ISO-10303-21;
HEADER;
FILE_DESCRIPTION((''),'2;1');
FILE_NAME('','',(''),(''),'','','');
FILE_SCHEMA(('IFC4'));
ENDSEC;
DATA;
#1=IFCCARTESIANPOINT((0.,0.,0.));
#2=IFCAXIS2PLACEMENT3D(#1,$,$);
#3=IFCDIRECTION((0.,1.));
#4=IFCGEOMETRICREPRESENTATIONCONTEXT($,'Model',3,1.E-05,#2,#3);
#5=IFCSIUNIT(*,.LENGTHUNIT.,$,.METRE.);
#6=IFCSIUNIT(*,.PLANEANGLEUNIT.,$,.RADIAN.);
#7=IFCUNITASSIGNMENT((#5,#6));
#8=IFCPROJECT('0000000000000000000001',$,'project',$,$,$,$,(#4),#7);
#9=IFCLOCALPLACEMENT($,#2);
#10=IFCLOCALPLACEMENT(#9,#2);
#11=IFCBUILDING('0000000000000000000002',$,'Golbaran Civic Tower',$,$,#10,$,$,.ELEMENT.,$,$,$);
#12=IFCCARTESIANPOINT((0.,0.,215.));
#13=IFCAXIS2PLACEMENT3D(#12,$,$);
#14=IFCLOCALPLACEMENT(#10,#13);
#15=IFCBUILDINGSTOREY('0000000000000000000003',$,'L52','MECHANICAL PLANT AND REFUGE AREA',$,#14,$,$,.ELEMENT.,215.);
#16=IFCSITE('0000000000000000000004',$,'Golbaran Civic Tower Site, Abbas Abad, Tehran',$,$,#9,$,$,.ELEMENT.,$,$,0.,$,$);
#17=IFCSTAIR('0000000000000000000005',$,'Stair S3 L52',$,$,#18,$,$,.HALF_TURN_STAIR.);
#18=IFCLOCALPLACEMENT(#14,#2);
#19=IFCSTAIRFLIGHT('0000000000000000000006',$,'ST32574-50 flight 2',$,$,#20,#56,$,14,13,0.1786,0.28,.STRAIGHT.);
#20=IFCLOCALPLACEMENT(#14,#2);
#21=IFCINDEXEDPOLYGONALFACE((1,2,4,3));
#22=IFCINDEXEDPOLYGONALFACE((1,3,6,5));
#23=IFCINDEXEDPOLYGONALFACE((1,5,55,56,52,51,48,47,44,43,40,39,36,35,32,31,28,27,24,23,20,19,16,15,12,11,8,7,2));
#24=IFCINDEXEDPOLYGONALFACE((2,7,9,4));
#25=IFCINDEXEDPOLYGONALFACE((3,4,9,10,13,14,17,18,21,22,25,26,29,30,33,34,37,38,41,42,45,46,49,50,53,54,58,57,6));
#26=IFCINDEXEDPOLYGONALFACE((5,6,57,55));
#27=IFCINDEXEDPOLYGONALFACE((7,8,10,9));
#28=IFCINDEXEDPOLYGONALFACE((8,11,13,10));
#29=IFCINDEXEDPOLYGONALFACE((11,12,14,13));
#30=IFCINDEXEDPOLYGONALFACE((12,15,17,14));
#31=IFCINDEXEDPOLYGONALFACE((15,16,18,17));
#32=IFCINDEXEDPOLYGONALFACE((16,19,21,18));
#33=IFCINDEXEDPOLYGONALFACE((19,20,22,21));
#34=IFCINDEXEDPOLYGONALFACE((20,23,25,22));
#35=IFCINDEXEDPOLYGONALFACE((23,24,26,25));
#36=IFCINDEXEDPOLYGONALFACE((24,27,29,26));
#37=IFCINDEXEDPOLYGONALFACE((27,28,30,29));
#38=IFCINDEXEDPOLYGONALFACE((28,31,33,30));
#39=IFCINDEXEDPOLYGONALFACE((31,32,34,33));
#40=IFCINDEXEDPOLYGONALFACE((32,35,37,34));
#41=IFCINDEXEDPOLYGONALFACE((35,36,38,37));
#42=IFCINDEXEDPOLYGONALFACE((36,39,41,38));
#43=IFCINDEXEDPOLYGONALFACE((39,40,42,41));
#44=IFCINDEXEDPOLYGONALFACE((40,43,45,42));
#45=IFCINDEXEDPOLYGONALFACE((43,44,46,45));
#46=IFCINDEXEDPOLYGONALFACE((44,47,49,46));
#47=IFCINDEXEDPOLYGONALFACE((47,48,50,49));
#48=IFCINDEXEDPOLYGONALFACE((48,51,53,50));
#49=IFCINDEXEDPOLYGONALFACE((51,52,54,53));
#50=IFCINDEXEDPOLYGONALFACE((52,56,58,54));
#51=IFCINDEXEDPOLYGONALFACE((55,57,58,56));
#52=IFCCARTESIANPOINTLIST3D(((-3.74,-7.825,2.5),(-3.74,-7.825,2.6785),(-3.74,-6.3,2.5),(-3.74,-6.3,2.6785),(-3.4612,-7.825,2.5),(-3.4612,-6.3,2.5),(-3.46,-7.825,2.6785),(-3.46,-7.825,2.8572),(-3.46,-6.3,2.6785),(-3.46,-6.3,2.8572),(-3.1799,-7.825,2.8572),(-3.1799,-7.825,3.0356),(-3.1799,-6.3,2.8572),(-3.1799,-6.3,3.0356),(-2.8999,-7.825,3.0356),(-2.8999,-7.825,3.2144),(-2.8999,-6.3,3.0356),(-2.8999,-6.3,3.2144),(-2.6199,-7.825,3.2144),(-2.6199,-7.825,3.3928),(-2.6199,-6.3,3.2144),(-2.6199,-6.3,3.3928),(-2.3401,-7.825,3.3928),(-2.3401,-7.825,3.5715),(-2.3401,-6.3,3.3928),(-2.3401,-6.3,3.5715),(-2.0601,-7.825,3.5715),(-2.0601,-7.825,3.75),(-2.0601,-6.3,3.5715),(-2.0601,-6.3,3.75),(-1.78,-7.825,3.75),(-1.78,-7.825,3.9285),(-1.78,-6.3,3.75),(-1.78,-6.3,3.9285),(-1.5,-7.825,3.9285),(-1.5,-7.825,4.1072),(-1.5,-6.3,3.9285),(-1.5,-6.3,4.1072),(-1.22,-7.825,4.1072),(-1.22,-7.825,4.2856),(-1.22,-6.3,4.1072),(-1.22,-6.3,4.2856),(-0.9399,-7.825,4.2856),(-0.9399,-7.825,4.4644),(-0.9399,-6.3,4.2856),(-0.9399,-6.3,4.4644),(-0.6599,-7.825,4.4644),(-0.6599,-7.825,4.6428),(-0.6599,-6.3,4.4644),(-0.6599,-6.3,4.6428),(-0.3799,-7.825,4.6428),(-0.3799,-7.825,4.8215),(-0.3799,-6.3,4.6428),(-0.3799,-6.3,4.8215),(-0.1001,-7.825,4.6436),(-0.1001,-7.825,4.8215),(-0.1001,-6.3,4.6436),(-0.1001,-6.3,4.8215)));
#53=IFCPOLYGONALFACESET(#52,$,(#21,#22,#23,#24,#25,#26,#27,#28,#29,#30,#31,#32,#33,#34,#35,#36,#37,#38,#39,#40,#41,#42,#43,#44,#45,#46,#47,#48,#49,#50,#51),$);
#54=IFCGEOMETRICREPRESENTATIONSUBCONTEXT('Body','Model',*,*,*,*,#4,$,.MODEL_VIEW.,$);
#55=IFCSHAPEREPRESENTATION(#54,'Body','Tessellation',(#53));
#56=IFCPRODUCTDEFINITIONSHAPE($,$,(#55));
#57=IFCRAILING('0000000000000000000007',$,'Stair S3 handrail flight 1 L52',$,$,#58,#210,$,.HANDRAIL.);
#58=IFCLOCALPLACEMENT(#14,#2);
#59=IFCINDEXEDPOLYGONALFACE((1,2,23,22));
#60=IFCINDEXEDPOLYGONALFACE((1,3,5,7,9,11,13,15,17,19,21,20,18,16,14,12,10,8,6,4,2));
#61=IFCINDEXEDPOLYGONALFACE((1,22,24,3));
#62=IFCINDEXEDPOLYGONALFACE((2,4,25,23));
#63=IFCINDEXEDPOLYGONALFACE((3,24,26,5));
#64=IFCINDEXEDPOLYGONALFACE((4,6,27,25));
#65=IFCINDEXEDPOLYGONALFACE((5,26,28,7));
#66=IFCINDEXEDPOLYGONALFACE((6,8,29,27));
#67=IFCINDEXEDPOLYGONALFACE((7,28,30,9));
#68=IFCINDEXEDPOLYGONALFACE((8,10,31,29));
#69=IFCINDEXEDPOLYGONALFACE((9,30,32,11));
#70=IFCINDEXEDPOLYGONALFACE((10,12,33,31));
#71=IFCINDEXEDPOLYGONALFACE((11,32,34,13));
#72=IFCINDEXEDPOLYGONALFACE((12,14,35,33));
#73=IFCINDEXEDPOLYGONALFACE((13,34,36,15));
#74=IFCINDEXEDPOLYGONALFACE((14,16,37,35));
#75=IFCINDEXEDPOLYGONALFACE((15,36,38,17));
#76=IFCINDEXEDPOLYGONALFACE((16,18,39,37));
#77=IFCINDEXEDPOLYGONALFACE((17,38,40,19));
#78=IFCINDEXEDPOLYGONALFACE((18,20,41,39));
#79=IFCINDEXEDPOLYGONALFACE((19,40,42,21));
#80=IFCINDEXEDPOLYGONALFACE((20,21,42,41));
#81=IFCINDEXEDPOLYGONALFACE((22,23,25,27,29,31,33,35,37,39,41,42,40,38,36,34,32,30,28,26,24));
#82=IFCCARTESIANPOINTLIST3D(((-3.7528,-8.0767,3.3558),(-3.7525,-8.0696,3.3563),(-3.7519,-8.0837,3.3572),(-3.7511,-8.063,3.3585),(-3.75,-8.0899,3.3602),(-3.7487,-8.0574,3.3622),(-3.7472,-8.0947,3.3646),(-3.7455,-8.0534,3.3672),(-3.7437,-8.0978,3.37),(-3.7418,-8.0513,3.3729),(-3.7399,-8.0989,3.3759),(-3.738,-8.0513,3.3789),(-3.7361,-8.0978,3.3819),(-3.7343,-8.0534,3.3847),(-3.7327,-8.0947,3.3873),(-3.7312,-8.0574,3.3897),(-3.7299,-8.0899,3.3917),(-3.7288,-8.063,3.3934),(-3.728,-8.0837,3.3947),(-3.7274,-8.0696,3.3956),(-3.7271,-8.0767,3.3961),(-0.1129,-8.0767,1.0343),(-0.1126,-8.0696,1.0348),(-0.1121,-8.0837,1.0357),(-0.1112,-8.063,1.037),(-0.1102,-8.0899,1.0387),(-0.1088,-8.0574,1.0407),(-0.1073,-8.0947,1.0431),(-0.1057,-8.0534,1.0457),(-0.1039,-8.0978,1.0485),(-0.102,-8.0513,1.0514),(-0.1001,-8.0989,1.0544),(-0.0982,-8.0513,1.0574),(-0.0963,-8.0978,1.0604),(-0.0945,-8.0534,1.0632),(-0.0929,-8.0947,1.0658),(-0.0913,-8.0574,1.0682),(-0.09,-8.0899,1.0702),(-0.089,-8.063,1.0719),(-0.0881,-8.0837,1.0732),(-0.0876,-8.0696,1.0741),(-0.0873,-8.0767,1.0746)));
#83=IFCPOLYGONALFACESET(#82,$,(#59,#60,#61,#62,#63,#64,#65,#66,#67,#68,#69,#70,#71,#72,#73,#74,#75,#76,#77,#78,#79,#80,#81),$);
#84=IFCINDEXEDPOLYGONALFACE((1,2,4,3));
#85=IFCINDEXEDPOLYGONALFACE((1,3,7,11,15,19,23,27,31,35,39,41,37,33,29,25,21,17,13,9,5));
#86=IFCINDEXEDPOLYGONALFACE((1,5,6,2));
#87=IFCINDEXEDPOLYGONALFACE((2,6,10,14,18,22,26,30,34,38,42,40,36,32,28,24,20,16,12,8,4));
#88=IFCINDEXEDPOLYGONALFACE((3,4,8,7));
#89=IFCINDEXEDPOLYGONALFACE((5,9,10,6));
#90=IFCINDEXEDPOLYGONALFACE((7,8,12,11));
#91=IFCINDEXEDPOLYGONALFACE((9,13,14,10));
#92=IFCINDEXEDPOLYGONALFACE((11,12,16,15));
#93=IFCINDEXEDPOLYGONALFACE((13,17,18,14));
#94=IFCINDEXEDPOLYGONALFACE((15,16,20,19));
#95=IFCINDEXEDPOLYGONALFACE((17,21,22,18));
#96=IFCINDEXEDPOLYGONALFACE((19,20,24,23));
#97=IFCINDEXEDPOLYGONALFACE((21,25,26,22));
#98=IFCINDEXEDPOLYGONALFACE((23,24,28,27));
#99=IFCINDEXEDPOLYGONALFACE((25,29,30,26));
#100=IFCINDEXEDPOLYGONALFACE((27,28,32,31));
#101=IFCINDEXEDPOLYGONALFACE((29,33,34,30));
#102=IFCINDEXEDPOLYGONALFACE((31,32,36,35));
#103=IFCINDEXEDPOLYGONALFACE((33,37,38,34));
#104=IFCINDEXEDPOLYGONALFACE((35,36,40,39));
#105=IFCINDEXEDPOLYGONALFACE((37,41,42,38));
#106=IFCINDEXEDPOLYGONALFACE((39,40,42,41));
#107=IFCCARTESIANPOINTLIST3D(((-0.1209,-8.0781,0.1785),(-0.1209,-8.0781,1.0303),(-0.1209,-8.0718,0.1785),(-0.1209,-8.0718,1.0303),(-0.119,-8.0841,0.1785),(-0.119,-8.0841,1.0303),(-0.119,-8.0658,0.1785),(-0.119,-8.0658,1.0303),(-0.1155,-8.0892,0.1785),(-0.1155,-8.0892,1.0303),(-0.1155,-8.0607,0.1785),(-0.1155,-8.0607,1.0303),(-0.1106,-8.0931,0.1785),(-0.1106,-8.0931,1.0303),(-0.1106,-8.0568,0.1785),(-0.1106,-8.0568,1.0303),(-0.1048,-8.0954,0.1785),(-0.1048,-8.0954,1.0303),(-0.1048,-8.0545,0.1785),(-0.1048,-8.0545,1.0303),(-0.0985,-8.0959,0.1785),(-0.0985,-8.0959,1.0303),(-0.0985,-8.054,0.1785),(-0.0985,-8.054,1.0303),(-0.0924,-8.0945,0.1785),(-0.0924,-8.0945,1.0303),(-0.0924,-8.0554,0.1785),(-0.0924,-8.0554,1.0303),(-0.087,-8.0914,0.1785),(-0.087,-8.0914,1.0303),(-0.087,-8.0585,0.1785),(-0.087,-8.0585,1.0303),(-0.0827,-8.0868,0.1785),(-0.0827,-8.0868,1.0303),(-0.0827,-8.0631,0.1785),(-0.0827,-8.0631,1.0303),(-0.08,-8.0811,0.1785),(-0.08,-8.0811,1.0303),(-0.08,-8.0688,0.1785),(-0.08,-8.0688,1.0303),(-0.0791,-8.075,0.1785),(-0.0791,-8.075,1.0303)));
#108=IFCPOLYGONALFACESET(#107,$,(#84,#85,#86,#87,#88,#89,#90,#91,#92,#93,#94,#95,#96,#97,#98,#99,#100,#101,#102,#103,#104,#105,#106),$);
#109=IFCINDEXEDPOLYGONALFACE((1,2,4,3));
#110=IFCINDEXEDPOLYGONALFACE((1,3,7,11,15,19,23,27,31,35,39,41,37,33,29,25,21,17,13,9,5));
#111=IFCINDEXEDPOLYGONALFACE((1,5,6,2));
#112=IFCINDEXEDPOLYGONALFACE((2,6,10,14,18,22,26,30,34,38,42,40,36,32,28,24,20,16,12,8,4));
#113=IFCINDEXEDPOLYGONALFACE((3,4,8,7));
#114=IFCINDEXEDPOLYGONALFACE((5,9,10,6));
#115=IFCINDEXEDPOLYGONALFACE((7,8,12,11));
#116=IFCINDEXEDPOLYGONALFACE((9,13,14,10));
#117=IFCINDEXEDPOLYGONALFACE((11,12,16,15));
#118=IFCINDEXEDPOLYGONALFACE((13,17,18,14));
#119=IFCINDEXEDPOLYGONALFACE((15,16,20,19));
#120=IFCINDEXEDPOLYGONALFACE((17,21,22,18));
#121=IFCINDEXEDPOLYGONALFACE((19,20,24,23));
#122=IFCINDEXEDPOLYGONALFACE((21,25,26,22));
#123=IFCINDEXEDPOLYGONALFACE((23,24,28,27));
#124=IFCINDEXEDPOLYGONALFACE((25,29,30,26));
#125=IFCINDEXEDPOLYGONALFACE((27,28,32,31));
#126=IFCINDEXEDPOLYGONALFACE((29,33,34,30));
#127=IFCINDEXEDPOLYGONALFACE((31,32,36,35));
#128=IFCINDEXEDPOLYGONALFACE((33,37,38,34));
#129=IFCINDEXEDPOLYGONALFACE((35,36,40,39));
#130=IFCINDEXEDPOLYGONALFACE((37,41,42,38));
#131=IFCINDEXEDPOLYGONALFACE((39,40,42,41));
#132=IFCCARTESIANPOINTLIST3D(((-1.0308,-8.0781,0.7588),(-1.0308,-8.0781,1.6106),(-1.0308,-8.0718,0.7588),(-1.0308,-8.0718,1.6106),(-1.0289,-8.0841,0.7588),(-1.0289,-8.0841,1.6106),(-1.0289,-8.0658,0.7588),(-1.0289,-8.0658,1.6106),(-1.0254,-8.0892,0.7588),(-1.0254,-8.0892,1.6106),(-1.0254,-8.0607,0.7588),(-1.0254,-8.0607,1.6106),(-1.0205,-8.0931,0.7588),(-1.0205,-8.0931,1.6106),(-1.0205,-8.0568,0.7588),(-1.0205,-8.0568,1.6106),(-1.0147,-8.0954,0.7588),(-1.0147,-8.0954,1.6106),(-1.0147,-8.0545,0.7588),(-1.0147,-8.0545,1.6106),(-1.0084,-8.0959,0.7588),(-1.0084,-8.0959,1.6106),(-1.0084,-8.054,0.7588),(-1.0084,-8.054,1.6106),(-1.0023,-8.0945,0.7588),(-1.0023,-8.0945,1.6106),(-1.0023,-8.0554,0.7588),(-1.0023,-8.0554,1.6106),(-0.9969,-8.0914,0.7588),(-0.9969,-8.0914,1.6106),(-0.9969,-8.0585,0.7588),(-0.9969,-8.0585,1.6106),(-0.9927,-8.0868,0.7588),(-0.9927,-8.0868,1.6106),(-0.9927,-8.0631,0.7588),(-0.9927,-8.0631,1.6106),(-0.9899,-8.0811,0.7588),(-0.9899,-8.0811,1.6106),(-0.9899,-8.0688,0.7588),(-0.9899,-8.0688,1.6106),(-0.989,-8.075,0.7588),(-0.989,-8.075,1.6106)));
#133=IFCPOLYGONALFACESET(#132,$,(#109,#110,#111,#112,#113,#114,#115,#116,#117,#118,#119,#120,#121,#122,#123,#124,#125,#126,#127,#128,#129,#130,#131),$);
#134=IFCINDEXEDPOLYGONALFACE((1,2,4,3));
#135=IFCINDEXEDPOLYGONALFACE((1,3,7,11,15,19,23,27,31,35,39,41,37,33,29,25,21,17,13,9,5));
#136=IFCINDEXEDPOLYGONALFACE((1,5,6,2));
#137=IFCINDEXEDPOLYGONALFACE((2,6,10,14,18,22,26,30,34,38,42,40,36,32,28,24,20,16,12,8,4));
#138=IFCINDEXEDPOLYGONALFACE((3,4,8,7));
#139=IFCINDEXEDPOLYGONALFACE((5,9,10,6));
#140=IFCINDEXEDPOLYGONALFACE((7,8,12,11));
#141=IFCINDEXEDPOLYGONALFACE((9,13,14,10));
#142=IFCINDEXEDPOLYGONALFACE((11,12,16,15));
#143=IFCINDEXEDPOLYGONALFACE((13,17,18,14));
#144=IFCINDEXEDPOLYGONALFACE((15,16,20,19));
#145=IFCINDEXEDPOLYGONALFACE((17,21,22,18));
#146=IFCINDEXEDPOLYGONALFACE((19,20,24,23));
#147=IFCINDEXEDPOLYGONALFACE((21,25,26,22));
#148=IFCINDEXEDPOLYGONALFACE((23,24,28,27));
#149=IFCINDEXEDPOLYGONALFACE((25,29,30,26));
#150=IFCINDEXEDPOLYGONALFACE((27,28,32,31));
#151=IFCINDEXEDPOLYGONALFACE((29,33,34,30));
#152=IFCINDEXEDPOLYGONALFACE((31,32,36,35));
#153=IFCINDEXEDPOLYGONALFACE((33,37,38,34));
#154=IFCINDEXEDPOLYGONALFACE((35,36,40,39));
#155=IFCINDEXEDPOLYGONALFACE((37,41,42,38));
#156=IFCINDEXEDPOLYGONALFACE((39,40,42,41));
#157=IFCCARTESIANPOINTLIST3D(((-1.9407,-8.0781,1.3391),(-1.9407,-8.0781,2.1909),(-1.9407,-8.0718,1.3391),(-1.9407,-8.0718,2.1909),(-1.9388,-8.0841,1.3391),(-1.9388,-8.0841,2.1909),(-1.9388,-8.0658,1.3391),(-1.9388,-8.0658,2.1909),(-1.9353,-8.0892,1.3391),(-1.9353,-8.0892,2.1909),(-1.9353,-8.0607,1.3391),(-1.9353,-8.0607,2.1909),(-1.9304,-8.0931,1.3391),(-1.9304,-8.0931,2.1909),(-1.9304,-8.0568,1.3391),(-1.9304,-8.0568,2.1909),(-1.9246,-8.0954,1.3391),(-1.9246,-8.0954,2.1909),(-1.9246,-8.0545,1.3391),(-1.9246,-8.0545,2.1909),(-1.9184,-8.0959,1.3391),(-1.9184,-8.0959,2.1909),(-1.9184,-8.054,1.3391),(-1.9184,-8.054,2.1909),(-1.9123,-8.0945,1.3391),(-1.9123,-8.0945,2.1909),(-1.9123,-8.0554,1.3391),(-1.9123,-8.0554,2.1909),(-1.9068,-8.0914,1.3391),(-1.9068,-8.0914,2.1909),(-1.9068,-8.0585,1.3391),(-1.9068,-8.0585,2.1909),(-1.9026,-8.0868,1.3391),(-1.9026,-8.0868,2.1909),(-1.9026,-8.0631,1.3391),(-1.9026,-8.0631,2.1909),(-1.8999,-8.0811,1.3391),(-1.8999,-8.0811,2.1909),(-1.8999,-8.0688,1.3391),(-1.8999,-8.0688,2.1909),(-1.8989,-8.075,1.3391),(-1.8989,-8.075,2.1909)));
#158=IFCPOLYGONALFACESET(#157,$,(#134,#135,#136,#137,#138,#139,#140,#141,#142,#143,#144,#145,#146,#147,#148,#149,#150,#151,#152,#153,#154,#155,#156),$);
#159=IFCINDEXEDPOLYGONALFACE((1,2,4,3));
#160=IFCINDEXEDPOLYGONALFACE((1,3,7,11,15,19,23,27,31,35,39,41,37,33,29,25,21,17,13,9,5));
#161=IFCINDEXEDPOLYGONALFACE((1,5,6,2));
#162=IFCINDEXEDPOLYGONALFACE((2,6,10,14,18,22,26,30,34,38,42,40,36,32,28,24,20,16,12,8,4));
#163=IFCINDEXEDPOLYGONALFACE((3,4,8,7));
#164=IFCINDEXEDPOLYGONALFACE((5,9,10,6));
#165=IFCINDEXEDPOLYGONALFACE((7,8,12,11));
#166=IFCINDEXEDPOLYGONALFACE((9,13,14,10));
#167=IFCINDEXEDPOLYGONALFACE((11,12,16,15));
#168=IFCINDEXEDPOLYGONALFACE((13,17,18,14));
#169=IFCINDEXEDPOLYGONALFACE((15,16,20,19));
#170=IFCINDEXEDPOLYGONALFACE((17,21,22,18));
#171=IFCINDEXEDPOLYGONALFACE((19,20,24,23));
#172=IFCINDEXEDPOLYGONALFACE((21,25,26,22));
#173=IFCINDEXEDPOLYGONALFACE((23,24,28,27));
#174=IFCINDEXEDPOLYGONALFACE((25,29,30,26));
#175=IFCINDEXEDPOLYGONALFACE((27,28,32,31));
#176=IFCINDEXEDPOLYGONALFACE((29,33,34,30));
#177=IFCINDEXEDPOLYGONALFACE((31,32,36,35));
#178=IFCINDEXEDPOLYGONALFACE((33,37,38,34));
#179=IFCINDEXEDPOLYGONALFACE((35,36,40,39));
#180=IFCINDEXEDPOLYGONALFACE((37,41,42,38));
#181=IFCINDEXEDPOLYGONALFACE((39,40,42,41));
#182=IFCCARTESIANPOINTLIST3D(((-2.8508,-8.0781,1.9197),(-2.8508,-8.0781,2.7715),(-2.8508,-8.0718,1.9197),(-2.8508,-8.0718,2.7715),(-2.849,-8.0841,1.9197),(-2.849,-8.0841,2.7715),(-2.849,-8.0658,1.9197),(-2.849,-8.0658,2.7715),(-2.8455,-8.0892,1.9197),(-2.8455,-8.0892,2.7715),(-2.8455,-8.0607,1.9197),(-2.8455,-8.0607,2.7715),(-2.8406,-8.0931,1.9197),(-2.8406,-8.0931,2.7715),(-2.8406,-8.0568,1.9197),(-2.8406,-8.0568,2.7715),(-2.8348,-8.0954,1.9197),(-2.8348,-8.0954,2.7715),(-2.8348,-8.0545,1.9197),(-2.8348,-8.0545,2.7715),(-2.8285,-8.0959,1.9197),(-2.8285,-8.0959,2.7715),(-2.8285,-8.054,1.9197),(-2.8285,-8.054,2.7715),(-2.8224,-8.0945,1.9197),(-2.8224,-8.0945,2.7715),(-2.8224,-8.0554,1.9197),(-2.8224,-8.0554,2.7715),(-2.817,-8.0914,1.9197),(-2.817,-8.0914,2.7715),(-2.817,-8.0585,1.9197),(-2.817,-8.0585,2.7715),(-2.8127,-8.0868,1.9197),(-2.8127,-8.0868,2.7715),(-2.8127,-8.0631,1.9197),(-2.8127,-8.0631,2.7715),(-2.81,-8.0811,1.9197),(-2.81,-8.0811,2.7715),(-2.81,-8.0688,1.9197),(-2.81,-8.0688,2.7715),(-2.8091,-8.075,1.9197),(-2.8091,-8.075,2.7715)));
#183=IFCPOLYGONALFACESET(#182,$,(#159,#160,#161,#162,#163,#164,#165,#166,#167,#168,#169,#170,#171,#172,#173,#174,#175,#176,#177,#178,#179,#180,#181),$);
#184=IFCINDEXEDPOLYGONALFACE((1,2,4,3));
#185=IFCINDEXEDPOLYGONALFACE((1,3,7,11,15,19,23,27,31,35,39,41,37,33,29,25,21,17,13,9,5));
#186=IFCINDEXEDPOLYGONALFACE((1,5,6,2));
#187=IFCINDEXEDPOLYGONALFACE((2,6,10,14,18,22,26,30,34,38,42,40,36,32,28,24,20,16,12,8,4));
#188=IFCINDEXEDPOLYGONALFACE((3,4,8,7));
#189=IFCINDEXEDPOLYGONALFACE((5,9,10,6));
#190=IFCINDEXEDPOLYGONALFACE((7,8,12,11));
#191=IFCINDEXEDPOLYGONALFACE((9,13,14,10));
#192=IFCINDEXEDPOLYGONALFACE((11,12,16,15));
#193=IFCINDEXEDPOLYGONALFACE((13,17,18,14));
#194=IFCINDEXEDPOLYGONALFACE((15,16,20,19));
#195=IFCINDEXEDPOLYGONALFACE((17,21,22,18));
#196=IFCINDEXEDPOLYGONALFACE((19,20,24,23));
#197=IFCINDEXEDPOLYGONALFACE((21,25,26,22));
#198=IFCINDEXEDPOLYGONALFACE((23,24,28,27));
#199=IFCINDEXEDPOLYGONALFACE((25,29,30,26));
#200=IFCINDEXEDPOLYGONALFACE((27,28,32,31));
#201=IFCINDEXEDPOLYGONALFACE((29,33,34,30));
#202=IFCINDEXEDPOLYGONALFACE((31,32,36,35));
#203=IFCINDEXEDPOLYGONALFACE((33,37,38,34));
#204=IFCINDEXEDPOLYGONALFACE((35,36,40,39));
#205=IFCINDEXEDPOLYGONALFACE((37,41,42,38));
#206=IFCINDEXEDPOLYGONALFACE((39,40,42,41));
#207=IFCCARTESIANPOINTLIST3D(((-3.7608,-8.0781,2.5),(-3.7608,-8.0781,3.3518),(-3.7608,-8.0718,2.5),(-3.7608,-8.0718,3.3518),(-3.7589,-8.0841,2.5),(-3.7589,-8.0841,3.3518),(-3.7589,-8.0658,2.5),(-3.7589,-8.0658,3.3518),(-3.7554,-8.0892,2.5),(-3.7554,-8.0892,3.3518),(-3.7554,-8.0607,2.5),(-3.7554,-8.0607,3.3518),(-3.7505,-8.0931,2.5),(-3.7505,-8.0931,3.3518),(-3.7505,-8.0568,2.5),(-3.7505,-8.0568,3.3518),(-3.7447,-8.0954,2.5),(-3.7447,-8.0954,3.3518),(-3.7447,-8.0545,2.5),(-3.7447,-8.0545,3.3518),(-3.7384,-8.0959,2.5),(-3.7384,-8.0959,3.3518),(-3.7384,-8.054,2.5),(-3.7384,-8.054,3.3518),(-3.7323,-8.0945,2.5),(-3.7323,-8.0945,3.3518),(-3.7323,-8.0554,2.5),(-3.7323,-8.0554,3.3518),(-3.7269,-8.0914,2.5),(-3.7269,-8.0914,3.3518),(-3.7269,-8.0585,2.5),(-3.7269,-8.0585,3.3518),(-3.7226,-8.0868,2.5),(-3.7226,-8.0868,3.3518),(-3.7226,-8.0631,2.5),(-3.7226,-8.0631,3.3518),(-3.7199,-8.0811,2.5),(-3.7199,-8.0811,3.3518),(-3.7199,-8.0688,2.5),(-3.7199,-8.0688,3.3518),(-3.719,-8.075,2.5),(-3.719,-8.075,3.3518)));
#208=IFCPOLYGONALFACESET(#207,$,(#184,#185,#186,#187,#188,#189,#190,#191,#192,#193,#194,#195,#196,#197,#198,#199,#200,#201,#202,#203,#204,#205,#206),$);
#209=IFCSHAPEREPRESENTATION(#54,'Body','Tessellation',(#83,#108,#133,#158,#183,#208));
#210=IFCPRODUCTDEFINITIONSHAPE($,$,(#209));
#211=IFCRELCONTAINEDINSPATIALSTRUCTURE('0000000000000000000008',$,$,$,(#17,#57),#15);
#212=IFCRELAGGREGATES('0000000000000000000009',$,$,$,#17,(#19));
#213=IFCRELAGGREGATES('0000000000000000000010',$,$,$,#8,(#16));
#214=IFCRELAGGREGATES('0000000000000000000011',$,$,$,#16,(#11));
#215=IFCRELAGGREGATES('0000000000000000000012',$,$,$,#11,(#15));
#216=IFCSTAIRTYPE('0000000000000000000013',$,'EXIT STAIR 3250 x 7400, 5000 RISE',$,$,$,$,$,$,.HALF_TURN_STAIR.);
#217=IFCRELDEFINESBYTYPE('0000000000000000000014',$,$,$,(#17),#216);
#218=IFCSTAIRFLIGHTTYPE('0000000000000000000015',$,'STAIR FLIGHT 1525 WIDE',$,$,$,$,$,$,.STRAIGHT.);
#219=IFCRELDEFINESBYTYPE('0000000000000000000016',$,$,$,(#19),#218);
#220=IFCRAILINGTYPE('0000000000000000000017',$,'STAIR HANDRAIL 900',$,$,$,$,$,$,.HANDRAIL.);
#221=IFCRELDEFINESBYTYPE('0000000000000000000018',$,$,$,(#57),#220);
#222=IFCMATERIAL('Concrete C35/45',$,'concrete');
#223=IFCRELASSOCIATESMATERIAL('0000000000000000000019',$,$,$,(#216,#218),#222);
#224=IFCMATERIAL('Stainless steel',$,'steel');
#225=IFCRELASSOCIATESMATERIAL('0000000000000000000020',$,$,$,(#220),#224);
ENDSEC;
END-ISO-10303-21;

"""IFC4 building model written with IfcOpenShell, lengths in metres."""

from ifc_helpers import new_model, si_unit, direction, frame, origin, origin_2d, place, context, subcontext, project, spatial, polyline, circle, outline, extrude, material, type_object, element, aggregate, save


model = new_model("IFC4")

# Units and contexts
model_context = context("Model", 3, precision=1e-05, world=origin(), true_north=direction((0.0, 1.0)))
body_context = subcontext(model_context, "Body", "Model", "MODEL_VIEW")
ifc_project = project(units=[si_unit("LENGTHUNIT", "METRE"), si_unit("PLANEANGLEUNIT", "RADIAN")], contexts=[model_context])

# Site, building, storey
site_placement = place(None, origin())
site = spatial("IfcSite", under=ifc_project, at=site_placement, Name="Golbaran Civic Tower Site, Abbas Abad, Tehran", CompositionType="ELEMENT", RefElevation=0.0)
building_placement = place(site_placement, origin())
building = spatial("IfcBuilding", under=site, at=building_placement, Name="Golbaran Civic Tower", CompositionType="ELEMENT")
storey_placement = place(building_placement, frame((0.0, 0.0, 215.0)))
storey = spatial("IfcBuildingStorey", under=building, at=storey_placement, Name="L52", Description="MECHANICAL PLANT AND REFUGE AREA", CompositionType="ELEMENT", Elevation=215.0)

# Shared definitions
ifc_material_1 = material(Name="Stainless steel", Category="steel")

# Stair, stair flight
ifc_material_2 = material(Name="Concrete C35/45", Category="concrete")
stair_type = type_object("IfcStairType", Name="EXIT STAIR 3250 x 7400, 5000 RISE", PredefinedType="HALF_TURN_STAIR", material=ifc_material_2)
stair_placement = place(storey_placement, origin())
stair = element("IfcStair", 1, at=stair_placement, inside=storey, type_object=stair_type, Name="Stair S3 L52", PredefinedType="HALF_TURN_STAIR")
stair_flight_type = type_object("IfcStairFlightType", Name="STAIR FLIGHT 1525 WIDE", PredefinedType="STRAIGHT", material=ifc_material_2)
stair_flight_1_placement = place(storey_placement, frame((-3.74, -7.0625, 2.5), z_axis=(0.0, 0.0, 1.0), x_axis=(1.0, 0.0, 0.0)))
stair_flight_1 = element("IfcStairFlight", 2, at=stair_flight_1_placement, type_object=stair_flight_type, Name="ST32574-50 flight 2", NumberOfRisers=14, NumberOfTreads=13, PredefinedType="STRAIGHT", RiserHeight=0.1786, TreadLength=0.28, context=body_context, shape_type="SweptSolid", body=[
    extrude(outline(polyline([(0.0, 0.0), (0.0, 0.1785), (0.28, 0.1785), (0.28, 0.3572), (0.5601, 0.3572), (0.5601, 0.5356), (0.8401, 0.5356), (0.8401, 0.7144), (1.1201, 0.7144), (1.1201, 0.8928), (1.3999, 0.8928), (1.3999, 1.0715), (1.6799, 1.0715), (1.6799, 1.25), (1.96, 1.25), (1.96, 1.4285), (2.24, 1.4285), (2.24, 1.6072), (2.52, 1.6072), (2.52, 1.7856), (2.8, 1.7856), (2.8, 1.9644), (3.0801, 1.9644), (3.0801, 2.1428), (3.3601, 2.1428), (3.3601, 2.3215), (3.6399, 2.3215), (3.6399, 2.5), (3.6399, 2.1436), (0.2788, 0.0), (0.0, 0.0)])), frame((0.0, 0.7625, 0.0), z_axis=(0.0, -1.0, 0.0), x_axis=(1.0, 0.0, 0.0)), (0.0, 0.0, 1.0), 1.5249),
])
aggregate(stair, [stair_flight_1])

# Railing
railing_type = type_object("IfcRailingType", Name="STAIR HANDRAIL 900", PredefinedType="HANDRAIL", material=ifc_material_1)
railing_1_placement = place(storey_placement, frame((-0.1001, -8.075, 0.1785)))
element("IfcRailing", 3, at=railing_1_placement, inside=storey, type_object=railing_type, Name="Stair S3 handrail flight 1 L52", PredefinedType="HANDRAIL", context=body_context, shape_type="SweptSolid", body=[
    extrude(circle(Radius=0.0239, at=origin_2d()), frame((0.0, 0.0, 0.876), z_axis=(-0.843112, 0.0, 0.537739), x_axis=(0.0, -1.0, 0.0)), (0.0, 0.0, 1.0), 4.3171),
    extrude(circle(Radius=0.021, at=origin_2d()), origin(), (0.0, 0.0, 1.0), 0.8518),
    extrude(circle(Radius=0.021, at=origin_2d()), frame((-0.9099, 0.0, 0.5803)), (0.0, 0.0, 1.0), 0.8518),
    extrude(circle(Radius=0.021, at=origin_2d()), frame((-1.8198, 0.0, 1.1606)), (0.0, 0.0, 1.0), 0.8518),
    extrude(circle(Radius=0.021, at=origin_2d()), frame((-2.73, 0.0, 1.7412)), (0.0, 0.0, 1.0), 0.8518),
    extrude(circle(Radius=0.021, at=origin_2d()), frame((-3.6399, 0.0, 2.3215)), (0.0, 0.0, 1.0), 0.8518),
])

save(model, "model.ifc")
